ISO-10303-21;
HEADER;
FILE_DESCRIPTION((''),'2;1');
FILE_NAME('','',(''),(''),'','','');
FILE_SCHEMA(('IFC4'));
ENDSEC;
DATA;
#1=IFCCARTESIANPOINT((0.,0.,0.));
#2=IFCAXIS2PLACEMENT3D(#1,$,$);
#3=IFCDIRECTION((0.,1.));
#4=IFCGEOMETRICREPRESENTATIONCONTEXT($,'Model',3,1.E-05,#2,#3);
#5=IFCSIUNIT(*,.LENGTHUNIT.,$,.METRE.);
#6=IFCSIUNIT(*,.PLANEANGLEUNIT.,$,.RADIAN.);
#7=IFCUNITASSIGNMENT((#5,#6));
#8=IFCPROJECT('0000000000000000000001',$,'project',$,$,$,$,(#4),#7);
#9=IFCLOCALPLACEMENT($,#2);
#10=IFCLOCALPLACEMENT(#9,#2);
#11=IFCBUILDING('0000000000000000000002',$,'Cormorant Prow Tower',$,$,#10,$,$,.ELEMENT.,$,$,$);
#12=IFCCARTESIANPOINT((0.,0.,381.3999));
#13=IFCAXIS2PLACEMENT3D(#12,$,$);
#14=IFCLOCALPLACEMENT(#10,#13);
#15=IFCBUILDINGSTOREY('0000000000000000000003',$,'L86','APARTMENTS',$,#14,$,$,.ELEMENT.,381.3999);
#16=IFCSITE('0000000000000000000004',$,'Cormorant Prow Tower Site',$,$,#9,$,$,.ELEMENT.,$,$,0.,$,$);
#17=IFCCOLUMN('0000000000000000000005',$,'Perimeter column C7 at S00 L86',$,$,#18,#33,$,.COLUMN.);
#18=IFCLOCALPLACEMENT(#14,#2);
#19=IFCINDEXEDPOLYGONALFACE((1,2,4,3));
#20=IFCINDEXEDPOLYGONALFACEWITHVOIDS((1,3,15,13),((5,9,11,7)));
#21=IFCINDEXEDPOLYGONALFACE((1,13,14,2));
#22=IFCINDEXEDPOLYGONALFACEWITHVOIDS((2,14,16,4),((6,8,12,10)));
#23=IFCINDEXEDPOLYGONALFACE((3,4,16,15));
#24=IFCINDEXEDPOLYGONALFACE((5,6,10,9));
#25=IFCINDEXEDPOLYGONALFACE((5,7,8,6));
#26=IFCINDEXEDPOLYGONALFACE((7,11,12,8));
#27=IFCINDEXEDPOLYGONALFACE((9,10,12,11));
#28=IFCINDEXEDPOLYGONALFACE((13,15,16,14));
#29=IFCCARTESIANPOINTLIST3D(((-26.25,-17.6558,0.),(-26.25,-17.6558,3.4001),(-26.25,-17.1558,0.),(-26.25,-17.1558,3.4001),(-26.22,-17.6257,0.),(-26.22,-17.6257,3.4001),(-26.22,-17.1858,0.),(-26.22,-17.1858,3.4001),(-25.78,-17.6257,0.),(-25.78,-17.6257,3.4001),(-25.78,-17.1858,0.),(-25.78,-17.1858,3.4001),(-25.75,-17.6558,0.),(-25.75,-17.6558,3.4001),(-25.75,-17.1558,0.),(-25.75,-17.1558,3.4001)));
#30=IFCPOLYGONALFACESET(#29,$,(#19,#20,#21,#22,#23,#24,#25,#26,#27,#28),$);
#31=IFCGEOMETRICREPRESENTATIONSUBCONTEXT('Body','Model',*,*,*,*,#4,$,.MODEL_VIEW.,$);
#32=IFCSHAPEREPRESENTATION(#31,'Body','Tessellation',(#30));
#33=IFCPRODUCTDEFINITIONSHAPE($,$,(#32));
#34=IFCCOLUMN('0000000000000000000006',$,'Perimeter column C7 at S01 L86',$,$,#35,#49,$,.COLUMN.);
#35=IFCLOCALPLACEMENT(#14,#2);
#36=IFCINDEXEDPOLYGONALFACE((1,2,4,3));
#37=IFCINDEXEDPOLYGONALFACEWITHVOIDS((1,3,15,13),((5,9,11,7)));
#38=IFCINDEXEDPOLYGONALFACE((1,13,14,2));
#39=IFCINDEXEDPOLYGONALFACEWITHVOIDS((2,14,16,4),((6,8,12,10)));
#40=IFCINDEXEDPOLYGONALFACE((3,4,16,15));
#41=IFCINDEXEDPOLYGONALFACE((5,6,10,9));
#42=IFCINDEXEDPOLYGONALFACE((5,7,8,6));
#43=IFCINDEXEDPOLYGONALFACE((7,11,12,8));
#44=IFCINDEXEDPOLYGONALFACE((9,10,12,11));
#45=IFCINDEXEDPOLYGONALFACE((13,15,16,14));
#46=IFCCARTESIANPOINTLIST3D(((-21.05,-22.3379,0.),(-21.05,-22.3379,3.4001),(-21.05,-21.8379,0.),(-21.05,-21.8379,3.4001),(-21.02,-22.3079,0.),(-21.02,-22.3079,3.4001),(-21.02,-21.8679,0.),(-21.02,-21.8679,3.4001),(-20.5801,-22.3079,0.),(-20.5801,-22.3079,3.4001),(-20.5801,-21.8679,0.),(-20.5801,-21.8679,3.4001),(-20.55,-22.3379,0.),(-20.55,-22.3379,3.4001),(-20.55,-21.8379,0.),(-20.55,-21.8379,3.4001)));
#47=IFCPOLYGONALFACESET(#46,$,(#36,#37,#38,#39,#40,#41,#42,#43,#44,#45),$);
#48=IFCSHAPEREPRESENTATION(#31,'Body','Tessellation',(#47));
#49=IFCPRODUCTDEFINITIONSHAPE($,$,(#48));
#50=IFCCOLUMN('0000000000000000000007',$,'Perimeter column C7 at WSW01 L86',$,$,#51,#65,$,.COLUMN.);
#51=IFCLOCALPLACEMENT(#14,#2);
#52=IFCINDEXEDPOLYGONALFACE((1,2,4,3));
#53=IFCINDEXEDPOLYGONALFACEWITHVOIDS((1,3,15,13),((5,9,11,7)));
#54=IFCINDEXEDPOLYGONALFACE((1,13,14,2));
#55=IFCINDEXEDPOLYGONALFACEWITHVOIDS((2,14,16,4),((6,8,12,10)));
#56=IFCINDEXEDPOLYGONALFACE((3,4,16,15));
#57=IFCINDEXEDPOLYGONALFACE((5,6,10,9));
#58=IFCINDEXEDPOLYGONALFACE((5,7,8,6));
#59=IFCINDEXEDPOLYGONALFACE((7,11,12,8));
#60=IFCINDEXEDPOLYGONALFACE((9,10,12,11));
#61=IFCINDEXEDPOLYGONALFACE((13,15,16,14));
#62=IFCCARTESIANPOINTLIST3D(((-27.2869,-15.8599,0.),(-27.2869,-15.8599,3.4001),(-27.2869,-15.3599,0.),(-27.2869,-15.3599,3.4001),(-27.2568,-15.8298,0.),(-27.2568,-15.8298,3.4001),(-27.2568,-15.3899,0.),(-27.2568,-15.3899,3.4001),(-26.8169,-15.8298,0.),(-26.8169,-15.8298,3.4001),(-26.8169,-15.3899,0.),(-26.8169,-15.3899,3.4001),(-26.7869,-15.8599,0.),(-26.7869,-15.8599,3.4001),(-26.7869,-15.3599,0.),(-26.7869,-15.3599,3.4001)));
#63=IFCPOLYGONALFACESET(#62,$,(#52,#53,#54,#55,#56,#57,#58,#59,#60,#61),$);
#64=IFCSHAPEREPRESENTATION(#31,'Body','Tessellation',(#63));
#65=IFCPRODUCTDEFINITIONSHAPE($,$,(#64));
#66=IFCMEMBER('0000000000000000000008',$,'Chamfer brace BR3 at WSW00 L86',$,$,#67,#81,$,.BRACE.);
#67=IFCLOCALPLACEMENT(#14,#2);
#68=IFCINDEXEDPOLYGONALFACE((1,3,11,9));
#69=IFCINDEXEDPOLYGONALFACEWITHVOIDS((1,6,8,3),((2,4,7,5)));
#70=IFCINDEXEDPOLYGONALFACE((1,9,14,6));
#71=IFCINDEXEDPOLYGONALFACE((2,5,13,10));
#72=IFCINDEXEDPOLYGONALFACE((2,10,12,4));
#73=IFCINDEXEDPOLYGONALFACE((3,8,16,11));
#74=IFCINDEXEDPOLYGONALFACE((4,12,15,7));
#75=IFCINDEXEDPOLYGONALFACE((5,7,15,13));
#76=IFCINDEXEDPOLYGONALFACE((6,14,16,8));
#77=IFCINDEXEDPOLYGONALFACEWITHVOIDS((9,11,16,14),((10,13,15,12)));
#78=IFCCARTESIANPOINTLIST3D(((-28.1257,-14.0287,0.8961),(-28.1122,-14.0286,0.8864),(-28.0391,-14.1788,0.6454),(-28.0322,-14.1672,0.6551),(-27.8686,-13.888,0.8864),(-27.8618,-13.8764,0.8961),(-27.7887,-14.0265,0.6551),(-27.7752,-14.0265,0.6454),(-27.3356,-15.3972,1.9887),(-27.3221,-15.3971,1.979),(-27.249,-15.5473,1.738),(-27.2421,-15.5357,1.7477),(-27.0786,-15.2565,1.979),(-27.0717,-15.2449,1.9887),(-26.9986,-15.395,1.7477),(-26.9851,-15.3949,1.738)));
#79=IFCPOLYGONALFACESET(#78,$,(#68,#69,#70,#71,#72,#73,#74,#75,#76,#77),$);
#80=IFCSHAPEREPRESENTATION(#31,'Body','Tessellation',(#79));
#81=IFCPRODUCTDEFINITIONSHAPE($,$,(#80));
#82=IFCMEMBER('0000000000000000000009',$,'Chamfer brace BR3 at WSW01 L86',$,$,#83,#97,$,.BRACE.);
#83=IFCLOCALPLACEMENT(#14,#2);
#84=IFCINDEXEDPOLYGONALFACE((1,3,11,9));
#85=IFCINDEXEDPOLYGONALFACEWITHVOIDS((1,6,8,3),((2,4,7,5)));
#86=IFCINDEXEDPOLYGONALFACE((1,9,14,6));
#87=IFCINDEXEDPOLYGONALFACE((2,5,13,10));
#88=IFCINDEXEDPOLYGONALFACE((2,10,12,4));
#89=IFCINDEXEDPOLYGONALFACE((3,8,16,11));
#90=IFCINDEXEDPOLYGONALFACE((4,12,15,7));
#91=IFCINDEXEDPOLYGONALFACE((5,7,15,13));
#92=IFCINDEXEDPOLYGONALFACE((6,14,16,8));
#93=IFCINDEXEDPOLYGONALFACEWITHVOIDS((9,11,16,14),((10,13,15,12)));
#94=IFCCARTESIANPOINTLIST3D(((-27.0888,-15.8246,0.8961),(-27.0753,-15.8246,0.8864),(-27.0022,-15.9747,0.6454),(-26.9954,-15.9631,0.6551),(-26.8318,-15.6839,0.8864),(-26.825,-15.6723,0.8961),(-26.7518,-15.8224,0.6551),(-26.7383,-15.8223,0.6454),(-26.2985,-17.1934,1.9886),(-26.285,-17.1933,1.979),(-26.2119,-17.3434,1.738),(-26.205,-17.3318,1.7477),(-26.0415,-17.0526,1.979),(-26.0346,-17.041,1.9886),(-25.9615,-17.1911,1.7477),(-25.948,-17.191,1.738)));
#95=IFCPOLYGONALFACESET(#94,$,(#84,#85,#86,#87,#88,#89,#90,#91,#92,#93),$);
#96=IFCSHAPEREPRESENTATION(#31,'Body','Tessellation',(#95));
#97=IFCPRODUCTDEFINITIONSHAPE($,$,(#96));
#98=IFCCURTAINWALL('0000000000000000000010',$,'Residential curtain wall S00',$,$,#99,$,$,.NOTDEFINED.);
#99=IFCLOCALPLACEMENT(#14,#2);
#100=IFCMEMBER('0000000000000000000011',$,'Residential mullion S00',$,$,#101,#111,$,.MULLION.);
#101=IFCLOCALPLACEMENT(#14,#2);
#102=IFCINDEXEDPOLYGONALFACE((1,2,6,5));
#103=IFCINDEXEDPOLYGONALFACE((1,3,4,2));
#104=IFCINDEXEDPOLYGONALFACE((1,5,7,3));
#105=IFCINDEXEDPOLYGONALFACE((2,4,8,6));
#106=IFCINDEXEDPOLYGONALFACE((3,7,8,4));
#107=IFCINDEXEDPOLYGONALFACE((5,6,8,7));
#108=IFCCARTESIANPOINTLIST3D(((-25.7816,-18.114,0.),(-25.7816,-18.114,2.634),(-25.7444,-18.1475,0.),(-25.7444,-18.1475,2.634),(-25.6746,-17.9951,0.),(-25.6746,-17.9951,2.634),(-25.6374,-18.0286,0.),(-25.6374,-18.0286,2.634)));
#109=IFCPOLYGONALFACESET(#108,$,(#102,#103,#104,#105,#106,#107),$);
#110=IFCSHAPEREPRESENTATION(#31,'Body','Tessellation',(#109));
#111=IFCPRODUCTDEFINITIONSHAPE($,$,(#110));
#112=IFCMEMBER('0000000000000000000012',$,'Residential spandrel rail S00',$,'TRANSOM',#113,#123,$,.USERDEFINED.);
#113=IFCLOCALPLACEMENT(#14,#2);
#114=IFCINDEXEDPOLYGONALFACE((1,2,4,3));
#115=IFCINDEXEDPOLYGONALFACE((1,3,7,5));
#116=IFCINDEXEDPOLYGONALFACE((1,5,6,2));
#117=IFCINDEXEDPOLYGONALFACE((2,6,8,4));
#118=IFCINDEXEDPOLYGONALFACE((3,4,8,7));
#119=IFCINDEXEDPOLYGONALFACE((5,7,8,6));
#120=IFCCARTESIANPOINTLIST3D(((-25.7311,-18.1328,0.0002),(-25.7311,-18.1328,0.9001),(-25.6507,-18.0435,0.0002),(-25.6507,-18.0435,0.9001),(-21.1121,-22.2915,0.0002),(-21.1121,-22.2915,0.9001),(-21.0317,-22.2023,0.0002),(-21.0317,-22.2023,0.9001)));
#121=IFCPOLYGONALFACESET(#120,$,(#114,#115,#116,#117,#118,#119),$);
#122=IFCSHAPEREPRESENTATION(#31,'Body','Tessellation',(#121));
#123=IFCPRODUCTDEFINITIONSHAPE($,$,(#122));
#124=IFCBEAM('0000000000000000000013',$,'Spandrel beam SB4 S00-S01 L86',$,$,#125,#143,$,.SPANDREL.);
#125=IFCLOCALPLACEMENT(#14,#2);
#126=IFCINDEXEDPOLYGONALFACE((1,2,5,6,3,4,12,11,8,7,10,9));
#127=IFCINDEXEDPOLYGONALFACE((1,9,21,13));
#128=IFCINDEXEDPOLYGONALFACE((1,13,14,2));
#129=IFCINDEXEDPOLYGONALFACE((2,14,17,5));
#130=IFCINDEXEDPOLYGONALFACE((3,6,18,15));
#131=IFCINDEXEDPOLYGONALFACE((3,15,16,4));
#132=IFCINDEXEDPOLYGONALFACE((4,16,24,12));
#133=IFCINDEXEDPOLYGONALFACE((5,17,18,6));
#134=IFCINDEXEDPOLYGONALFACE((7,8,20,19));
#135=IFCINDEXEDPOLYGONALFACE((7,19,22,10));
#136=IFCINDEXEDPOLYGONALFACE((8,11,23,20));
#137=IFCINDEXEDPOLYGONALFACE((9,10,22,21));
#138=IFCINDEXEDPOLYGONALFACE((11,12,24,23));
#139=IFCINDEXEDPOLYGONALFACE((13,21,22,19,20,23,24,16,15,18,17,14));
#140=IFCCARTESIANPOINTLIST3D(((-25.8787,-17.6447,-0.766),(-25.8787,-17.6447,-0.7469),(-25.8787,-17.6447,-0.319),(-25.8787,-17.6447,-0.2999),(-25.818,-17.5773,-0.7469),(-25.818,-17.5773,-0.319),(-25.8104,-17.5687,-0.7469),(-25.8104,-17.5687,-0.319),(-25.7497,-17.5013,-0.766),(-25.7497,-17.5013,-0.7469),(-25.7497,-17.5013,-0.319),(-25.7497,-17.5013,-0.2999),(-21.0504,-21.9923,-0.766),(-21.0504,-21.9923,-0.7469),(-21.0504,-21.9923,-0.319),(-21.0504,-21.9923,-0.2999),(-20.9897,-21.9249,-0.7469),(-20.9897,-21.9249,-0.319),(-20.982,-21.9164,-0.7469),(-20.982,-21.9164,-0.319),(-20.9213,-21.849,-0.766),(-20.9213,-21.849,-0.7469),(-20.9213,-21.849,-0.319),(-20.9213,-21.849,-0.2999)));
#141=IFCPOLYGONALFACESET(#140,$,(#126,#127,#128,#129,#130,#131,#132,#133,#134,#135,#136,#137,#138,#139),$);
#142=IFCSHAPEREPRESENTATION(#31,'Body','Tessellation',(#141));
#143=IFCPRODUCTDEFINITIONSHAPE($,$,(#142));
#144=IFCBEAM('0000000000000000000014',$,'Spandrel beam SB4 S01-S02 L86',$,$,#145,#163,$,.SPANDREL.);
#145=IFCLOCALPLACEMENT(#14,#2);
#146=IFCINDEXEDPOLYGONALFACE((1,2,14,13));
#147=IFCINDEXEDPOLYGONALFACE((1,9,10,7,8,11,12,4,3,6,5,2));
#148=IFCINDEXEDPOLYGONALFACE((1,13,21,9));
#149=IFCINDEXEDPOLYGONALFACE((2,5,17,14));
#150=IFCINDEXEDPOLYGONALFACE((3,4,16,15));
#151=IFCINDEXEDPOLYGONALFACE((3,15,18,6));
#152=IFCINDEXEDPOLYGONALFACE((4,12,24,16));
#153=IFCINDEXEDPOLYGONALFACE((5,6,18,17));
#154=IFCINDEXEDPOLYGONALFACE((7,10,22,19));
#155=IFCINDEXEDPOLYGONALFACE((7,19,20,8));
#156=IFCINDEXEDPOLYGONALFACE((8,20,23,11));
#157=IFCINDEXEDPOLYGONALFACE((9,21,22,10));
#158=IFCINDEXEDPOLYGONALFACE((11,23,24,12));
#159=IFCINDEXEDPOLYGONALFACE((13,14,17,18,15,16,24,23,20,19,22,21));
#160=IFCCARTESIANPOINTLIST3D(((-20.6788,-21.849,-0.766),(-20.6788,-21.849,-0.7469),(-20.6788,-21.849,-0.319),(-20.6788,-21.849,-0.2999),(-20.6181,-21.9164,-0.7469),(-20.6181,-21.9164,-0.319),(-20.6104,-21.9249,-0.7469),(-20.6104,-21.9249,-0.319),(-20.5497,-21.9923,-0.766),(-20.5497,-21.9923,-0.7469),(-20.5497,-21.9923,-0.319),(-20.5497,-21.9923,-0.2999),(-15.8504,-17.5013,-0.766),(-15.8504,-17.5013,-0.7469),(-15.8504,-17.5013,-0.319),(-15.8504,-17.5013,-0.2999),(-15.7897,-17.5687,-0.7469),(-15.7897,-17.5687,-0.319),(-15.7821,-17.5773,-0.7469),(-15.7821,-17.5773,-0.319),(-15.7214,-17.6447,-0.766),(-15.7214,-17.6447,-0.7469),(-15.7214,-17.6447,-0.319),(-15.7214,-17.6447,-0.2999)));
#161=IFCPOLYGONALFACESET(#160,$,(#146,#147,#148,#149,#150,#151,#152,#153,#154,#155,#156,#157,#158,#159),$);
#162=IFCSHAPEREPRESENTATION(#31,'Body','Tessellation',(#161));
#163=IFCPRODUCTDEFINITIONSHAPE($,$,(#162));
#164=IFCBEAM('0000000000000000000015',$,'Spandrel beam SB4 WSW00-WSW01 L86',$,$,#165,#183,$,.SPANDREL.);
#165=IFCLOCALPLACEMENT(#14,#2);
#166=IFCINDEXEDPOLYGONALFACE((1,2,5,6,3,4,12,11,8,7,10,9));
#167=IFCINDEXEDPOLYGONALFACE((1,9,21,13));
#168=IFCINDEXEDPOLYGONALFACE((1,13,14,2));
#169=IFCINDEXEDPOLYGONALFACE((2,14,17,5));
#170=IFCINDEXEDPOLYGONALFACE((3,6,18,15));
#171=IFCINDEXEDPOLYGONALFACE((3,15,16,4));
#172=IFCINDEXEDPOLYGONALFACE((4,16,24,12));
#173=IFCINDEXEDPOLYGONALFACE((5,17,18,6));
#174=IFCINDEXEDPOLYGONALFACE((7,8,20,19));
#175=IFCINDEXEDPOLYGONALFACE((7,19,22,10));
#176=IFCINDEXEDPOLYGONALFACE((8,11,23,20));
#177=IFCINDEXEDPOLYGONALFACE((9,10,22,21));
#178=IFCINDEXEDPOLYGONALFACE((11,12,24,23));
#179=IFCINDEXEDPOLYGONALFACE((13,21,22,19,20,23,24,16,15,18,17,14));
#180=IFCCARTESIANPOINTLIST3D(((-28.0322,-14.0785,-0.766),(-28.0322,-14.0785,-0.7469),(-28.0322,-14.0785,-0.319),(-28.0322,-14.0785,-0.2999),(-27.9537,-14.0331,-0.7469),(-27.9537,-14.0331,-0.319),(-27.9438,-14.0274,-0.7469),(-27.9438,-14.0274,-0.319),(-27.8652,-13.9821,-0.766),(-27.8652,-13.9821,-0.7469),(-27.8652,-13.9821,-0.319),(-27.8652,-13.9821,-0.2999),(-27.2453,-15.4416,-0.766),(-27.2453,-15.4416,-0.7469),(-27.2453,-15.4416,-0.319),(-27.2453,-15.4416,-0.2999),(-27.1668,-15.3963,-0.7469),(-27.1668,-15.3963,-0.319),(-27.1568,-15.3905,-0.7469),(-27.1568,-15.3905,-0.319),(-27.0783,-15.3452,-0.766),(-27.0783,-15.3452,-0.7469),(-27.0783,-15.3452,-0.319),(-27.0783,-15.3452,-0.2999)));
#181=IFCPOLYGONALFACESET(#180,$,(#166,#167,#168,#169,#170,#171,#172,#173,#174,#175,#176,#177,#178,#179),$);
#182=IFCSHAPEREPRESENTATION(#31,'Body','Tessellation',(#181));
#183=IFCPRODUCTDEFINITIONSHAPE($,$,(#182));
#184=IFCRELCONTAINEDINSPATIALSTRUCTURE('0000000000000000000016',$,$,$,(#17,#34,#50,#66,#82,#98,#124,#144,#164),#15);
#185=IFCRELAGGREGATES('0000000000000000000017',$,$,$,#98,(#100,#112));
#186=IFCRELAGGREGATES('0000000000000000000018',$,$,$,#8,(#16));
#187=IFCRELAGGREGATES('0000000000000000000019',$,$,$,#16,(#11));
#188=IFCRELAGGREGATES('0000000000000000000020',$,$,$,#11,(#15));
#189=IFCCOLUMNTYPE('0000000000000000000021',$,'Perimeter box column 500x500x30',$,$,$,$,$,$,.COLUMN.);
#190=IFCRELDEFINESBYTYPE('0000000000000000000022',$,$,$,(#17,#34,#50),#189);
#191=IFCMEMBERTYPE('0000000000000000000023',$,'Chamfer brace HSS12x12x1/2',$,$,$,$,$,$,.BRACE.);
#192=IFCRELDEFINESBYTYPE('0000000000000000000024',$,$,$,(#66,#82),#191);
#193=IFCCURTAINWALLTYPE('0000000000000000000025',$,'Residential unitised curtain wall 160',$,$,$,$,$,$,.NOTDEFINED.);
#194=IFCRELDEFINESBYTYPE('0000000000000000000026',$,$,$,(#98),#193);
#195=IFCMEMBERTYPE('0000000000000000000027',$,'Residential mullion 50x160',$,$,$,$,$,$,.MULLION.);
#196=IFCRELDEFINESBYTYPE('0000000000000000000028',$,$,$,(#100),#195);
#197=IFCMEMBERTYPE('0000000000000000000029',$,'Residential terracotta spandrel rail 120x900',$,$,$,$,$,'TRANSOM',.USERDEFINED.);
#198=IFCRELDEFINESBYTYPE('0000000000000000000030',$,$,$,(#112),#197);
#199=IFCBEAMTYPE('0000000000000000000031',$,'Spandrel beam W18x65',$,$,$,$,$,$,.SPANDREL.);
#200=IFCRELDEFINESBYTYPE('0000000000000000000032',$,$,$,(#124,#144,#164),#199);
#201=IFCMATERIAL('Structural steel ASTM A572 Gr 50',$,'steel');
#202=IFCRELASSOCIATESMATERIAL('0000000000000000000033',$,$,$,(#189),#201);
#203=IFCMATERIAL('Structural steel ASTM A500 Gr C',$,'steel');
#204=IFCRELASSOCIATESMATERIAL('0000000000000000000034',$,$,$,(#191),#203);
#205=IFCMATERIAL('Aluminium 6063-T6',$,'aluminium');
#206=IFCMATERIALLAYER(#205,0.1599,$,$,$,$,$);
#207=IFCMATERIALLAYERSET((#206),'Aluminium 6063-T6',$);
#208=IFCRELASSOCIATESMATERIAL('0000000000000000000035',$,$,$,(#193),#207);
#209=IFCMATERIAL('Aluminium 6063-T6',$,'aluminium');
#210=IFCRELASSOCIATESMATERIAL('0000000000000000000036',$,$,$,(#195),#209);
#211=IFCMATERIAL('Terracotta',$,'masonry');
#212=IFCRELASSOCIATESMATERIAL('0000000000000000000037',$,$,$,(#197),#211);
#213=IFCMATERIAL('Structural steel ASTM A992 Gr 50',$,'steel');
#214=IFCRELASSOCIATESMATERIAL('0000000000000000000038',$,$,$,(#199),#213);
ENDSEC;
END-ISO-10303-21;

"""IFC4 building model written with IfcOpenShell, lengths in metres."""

from ifc_helpers import new_model, si_unit, direction, frame, origin, origin_2d, place, context, subcontext, project, spatial, rectangle, hollow_rectangle, i_section, extrude, material, layer, layer_set, material_profile, profile_set, type_object, element, aggregate, save


model = new_model("IFC4")

# Units and contexts
model_context = context("Model", 3, precision=1e-05, world=origin(), true_north=direction((0.0, 1.0)))
body_context = subcontext(model_context, "Body", "Model", "MODEL_VIEW")
ifc_project = project(units=[si_unit("LENGTHUNIT", "METRE"), si_unit("PLANEANGLEUNIT", "RADIAN")], contexts=[model_context])

# Site, building, storey
site_placement = place(None, origin())
site = spatial("IfcSite", under=ifc_project, at=site_placement, Name="Cormorant Prow Tower Site", CompositionType="ELEMENT", RefElevation=0.0)
building_placement = place(site_placement, origin())
building = spatial("IfcBuilding", under=site, at=building_placement, Name="Cormorant Prow Tower", CompositionType="ELEMENT")
storey_placement = place(building_placement, frame((0.0, 0.0, 381.3999)))
storey = spatial("IfcBuildingStorey", under=building, at=storey_placement, Name="L86", Description="APARTMENTS", CompositionType="ELEMENT", Elevation=381.3999)

# Columns
ifc_material_1 = material(Name="Structural steel ASTM A572 Gr 50", Category="steel")
ifc_material_profile_1 = material_profile(ifc_material_1, hollow_rectangle(XDim=0.5, YDim=0.5, WallThickness=0.03, at=origin_2d()), Name="Box 500x500x30")
ifc_profile_set_1 = profile_set([ifc_material_profile_1], Name="Structural steel ASTM A572 Gr 50")
column_type = type_object("IfcColumnType", Name="Perimeter box column 500x500x30", PredefinedType="COLUMN", material=ifc_profile_set_1)
for number, where, z_axis, x_axis, name in (
    (1, (-26.0, -17.4058, 0.0), (0.0, 0.0, 1.0), (1.0, 0.0, 0.0), "Perimeter column C7 at S00 L86"),
    (2, (-20.8, -22.0879, 0.0), (0.0, 0.0, 1.0), (1.0, 0.0, 0.0), "Perimeter column C7 at S01 L86"),
    (3, (-27.0369, -15.6099, 0.0), (0.0, 0.0, 1.0), (1.0, 0.0, 0.0), "Perimeter column C7 at WSW01 L86"),
):
    element("IfcColumn", number, at=place(storey_placement, frame(where, z_axis=z_axis, x_axis=x_axis)), inside=storey, type_object=column_type, Name=name, PredefinedType="COLUMN", context=body_context, shape_type="SweptSolid", body=[
        extrude(hollow_rectangle(XDim=0.5, YDim=0.5, WallThickness=0.03, at=origin_2d()), origin(), (0.0, 0.0, 1.0), 3.4001),
    ])

# Members
ifc_material_2 = material(Name="Structural steel ASTM A500 Gr C", Category="steel")
ifc_material_profile_2 = material_profile(ifc_material_2, hollow_rectangle(XDim=0.3047, YDim=0.3047, WallThickness=0.0117, at=origin_2d()), Name="HSS12x12x1/2")
ifc_profile_set_2 = profile_set([ifc_material_profile_2], Name="Structural steel ASTM A500 Gr C")
member_type_1 = type_object("IfcMemberType", Name="Chamfer brace HSS12x12x1/2", PredefinedType="BRACE", material=ifc_profile_set_2)
member_1_placement = place(storey_placement, frame((-27.9504, -14.0276, 0.7708), z_axis=(0.41126, -0.712334, 0.568723), x_axis=(0.866029, 0.499994, 0.0)))
element("IfcMember", 4, at=member_1_placement, inside=storey, type_object=member_type_1, Name="Chamfer brace BR3 at WSW00 L86", PredefinedType="BRACE", context=body_context, shape_type="SweptSolid", body=[
    extrude(hollow_rectangle(XDim=0.3047, YDim=0.3047, WallThickness=0.0117, at=origin_2d()), origin(), (0.0, 0.0, 1.0), 1.9211),
])
member_2_placement = place(storey_placement, frame((-26.9136, -15.8235, 0.7708), z_axis=(0.411328, -0.712359, 0.568642), x_axis=(0.866, 0.500043, 0.0)))
element("IfcMember", 5, at=member_2_placement, inside=storey, type_object=member_type_1, Name="Chamfer brace BR3 at WSW01 L86", PredefinedType="BRACE", context=body_context, shape_type="SweptSolid", body=[
    extrude(hollow_rectangle(XDim=0.3047, YDim=0.3047, WallThickness=0.0117, at=origin_2d()), origin(), (0.0, 0.0, 1.0), 1.9214),
])

# Curtain wall, members
ifc_material_3 = material(Name="Aluminium 6063-T6", Category="aluminium")
ifc_layer_1 = layer(ifc_material_3, 0.1599)
ifc_layer_set_1 = layer_set([ifc_layer_1], Name="Aluminium 6063-T6")
curtain_wall_type = type_object("IfcCurtainWallType", Name="Residential unitised curtain wall 160", PredefinedType="NOTDEFINED", material=ifc_layer_set_1)
curtain_wall_placement = place(storey_placement, origin())
curtain_wall = element("IfcCurtainWall", 6, at=curtain_wall_placement, inside=storey, type_object=curtain_wall_type, Name="Residential curtain wall S00", PredefinedType="NOTDEFINED")
ifc_material_4 = material(Name="Aluminium 6063-T6", Category="aluminium")
ifc_material_profile_3 = material_profile(ifc_material_4, rectangle(XDim=0.1599, YDim=0.05, at=origin_2d()), Name="Residential mullion 50x160")
ifc_profile_set_3 = profile_set([ifc_material_profile_3], Name="Aluminium 6063-T6")
member_type_2 = type_object("IfcMemberType", Name="Residential mullion 50x160", PredefinedType="MULLION", material=ifc_profile_set_3)
member_3_placement = place(storey_placement, frame((-25.7095, -18.0713, 0.0), z_axis=(0.0, 0.0, 1.0), x_axis=(0.669131, 0.743145, 0.0)))
member_3 = element("IfcMember", 7, at=member_3_placement, type_object=member_type_2, Name="Residential mullion S00", PredefinedType="MULLION", context=body_context, shape_type="SweptSolid", body=[
    extrude(rectangle(XDim=0.1599, YDim=0.05, at=origin_2d()), origin(), (0.0, 0.0, 1.0), 2.634),
])
ifc_material_5 = material(Name="Terracotta", Category="masonry")
ifc_material_profile_4 = material_profile(ifc_material_5, rectangle(XDim=0.1201, YDim=0.8999, at=origin_2d()), Name="Residential terracotta spandrel rail 120x900")
ifc_profile_set_4 = profile_set([ifc_material_profile_4], Name="Terracotta")
member_type_3 = type_object("IfcMemberType", Name="Residential terracotta spandrel rail 120x900", ElementType="TRANSOM", PredefinedType="USERDEFINED", material=ifc_profile_set_4)
member_4_placement = place(storey_placement, frame((-25.6909, -18.0881, 0.4502), z_axis=(0.743159, -0.669114, 0.0), x_axis=(0.669114, 0.743159, 0.0)))
member_4 = element("IfcMember", 8, at=member_4_placement, type_object=member_type_3, Name="Residential spandrel rail S00", ObjectType="TRANSOM", PredefinedType="USERDEFINED", context=body_context, shape_type="SweptSolid", body=[
    extrude(rectangle(XDim=0.1201, YDim=0.8999, at=origin_2d()), origin(), (0.0, 0.0, 1.0), 6.2153),
])

# Beams
ifc_material_6 = material(Name="Structural steel ASTM A992 Gr 50", Category="steel")
ifc_material_profile_5 = material_profile(ifc_material_6, i_section(OverallWidth=0.1929, OverallDepth=0.4661, WebThickness=0.0115, FlangeThickness=0.019, at=origin_2d()), Name="W18x65")
ifc_profile_set_5 = profile_set([ifc_material_profile_5], Name="Structural steel ASTM A992 Gr 50")
beam_type = type_object("IfcBeamType", Name="Spandrel beam W18x65", PredefinedType="SPANDREL", material=ifc_profile_set_5)
for number, where, z_axis, x_axis, name in (
    (9, (-25.8142, -17.573, -0.533), (0.743132, -0.669145, 0.0), (0.669145, 0.743132, 0.0), "Spandrel beam SB4 S00-S01 L86"),
    (10, (-20.6143, -21.9207, -0.533), (0.743132, 0.669145, 0.0), (-0.669145, 0.743132, 0.0), "Spandrel beam SB4 S01-S02 L86"),
):
    element("IfcBeam", number, at=place(storey_placement, frame(where, z_axis=z_axis, x_axis=x_axis)), inside=storey, type_object=beam_type, Name=name, PredefinedType="SPANDREL", context=body_context, shape_type="SweptSolid", body=[
        extrude(i_section(OverallWidth=0.1929, OverallDepth=0.4661, WebThickness=0.0115, FlangeThickness=0.019, at=origin_2d()), origin(), (0.0, 0.0, 1.0), 6.4973),
    ])
for number, where, z_axis, x_axis, name in (
    (11, (-27.9487, -14.0303, -0.533), (0.49996, -0.866049, 0.0), (0.866049, 0.49996, 0.0), "Spandrel beam SB4 WSW00-WSW01 L86"),
):
    element("IfcBeam", number, at=place(storey_placement, frame(where, z_axis=z_axis, x_axis=x_axis)), inside=storey, type_object=beam_type, Name=name, PredefinedType="SPANDREL", context=body_context, shape_type="SweptSolid", body=[
        extrude(i_section(OverallWidth=0.1929, OverallDepth=0.4661, WebThickness=0.0115, FlangeThickness=0.019, at=origin_2d()), origin(), (0.0, 0.0, 1.0), 1.574),
    ])

aggregate(curtain_wall, [member_3, member_4])

save(model, "model.ifc")
